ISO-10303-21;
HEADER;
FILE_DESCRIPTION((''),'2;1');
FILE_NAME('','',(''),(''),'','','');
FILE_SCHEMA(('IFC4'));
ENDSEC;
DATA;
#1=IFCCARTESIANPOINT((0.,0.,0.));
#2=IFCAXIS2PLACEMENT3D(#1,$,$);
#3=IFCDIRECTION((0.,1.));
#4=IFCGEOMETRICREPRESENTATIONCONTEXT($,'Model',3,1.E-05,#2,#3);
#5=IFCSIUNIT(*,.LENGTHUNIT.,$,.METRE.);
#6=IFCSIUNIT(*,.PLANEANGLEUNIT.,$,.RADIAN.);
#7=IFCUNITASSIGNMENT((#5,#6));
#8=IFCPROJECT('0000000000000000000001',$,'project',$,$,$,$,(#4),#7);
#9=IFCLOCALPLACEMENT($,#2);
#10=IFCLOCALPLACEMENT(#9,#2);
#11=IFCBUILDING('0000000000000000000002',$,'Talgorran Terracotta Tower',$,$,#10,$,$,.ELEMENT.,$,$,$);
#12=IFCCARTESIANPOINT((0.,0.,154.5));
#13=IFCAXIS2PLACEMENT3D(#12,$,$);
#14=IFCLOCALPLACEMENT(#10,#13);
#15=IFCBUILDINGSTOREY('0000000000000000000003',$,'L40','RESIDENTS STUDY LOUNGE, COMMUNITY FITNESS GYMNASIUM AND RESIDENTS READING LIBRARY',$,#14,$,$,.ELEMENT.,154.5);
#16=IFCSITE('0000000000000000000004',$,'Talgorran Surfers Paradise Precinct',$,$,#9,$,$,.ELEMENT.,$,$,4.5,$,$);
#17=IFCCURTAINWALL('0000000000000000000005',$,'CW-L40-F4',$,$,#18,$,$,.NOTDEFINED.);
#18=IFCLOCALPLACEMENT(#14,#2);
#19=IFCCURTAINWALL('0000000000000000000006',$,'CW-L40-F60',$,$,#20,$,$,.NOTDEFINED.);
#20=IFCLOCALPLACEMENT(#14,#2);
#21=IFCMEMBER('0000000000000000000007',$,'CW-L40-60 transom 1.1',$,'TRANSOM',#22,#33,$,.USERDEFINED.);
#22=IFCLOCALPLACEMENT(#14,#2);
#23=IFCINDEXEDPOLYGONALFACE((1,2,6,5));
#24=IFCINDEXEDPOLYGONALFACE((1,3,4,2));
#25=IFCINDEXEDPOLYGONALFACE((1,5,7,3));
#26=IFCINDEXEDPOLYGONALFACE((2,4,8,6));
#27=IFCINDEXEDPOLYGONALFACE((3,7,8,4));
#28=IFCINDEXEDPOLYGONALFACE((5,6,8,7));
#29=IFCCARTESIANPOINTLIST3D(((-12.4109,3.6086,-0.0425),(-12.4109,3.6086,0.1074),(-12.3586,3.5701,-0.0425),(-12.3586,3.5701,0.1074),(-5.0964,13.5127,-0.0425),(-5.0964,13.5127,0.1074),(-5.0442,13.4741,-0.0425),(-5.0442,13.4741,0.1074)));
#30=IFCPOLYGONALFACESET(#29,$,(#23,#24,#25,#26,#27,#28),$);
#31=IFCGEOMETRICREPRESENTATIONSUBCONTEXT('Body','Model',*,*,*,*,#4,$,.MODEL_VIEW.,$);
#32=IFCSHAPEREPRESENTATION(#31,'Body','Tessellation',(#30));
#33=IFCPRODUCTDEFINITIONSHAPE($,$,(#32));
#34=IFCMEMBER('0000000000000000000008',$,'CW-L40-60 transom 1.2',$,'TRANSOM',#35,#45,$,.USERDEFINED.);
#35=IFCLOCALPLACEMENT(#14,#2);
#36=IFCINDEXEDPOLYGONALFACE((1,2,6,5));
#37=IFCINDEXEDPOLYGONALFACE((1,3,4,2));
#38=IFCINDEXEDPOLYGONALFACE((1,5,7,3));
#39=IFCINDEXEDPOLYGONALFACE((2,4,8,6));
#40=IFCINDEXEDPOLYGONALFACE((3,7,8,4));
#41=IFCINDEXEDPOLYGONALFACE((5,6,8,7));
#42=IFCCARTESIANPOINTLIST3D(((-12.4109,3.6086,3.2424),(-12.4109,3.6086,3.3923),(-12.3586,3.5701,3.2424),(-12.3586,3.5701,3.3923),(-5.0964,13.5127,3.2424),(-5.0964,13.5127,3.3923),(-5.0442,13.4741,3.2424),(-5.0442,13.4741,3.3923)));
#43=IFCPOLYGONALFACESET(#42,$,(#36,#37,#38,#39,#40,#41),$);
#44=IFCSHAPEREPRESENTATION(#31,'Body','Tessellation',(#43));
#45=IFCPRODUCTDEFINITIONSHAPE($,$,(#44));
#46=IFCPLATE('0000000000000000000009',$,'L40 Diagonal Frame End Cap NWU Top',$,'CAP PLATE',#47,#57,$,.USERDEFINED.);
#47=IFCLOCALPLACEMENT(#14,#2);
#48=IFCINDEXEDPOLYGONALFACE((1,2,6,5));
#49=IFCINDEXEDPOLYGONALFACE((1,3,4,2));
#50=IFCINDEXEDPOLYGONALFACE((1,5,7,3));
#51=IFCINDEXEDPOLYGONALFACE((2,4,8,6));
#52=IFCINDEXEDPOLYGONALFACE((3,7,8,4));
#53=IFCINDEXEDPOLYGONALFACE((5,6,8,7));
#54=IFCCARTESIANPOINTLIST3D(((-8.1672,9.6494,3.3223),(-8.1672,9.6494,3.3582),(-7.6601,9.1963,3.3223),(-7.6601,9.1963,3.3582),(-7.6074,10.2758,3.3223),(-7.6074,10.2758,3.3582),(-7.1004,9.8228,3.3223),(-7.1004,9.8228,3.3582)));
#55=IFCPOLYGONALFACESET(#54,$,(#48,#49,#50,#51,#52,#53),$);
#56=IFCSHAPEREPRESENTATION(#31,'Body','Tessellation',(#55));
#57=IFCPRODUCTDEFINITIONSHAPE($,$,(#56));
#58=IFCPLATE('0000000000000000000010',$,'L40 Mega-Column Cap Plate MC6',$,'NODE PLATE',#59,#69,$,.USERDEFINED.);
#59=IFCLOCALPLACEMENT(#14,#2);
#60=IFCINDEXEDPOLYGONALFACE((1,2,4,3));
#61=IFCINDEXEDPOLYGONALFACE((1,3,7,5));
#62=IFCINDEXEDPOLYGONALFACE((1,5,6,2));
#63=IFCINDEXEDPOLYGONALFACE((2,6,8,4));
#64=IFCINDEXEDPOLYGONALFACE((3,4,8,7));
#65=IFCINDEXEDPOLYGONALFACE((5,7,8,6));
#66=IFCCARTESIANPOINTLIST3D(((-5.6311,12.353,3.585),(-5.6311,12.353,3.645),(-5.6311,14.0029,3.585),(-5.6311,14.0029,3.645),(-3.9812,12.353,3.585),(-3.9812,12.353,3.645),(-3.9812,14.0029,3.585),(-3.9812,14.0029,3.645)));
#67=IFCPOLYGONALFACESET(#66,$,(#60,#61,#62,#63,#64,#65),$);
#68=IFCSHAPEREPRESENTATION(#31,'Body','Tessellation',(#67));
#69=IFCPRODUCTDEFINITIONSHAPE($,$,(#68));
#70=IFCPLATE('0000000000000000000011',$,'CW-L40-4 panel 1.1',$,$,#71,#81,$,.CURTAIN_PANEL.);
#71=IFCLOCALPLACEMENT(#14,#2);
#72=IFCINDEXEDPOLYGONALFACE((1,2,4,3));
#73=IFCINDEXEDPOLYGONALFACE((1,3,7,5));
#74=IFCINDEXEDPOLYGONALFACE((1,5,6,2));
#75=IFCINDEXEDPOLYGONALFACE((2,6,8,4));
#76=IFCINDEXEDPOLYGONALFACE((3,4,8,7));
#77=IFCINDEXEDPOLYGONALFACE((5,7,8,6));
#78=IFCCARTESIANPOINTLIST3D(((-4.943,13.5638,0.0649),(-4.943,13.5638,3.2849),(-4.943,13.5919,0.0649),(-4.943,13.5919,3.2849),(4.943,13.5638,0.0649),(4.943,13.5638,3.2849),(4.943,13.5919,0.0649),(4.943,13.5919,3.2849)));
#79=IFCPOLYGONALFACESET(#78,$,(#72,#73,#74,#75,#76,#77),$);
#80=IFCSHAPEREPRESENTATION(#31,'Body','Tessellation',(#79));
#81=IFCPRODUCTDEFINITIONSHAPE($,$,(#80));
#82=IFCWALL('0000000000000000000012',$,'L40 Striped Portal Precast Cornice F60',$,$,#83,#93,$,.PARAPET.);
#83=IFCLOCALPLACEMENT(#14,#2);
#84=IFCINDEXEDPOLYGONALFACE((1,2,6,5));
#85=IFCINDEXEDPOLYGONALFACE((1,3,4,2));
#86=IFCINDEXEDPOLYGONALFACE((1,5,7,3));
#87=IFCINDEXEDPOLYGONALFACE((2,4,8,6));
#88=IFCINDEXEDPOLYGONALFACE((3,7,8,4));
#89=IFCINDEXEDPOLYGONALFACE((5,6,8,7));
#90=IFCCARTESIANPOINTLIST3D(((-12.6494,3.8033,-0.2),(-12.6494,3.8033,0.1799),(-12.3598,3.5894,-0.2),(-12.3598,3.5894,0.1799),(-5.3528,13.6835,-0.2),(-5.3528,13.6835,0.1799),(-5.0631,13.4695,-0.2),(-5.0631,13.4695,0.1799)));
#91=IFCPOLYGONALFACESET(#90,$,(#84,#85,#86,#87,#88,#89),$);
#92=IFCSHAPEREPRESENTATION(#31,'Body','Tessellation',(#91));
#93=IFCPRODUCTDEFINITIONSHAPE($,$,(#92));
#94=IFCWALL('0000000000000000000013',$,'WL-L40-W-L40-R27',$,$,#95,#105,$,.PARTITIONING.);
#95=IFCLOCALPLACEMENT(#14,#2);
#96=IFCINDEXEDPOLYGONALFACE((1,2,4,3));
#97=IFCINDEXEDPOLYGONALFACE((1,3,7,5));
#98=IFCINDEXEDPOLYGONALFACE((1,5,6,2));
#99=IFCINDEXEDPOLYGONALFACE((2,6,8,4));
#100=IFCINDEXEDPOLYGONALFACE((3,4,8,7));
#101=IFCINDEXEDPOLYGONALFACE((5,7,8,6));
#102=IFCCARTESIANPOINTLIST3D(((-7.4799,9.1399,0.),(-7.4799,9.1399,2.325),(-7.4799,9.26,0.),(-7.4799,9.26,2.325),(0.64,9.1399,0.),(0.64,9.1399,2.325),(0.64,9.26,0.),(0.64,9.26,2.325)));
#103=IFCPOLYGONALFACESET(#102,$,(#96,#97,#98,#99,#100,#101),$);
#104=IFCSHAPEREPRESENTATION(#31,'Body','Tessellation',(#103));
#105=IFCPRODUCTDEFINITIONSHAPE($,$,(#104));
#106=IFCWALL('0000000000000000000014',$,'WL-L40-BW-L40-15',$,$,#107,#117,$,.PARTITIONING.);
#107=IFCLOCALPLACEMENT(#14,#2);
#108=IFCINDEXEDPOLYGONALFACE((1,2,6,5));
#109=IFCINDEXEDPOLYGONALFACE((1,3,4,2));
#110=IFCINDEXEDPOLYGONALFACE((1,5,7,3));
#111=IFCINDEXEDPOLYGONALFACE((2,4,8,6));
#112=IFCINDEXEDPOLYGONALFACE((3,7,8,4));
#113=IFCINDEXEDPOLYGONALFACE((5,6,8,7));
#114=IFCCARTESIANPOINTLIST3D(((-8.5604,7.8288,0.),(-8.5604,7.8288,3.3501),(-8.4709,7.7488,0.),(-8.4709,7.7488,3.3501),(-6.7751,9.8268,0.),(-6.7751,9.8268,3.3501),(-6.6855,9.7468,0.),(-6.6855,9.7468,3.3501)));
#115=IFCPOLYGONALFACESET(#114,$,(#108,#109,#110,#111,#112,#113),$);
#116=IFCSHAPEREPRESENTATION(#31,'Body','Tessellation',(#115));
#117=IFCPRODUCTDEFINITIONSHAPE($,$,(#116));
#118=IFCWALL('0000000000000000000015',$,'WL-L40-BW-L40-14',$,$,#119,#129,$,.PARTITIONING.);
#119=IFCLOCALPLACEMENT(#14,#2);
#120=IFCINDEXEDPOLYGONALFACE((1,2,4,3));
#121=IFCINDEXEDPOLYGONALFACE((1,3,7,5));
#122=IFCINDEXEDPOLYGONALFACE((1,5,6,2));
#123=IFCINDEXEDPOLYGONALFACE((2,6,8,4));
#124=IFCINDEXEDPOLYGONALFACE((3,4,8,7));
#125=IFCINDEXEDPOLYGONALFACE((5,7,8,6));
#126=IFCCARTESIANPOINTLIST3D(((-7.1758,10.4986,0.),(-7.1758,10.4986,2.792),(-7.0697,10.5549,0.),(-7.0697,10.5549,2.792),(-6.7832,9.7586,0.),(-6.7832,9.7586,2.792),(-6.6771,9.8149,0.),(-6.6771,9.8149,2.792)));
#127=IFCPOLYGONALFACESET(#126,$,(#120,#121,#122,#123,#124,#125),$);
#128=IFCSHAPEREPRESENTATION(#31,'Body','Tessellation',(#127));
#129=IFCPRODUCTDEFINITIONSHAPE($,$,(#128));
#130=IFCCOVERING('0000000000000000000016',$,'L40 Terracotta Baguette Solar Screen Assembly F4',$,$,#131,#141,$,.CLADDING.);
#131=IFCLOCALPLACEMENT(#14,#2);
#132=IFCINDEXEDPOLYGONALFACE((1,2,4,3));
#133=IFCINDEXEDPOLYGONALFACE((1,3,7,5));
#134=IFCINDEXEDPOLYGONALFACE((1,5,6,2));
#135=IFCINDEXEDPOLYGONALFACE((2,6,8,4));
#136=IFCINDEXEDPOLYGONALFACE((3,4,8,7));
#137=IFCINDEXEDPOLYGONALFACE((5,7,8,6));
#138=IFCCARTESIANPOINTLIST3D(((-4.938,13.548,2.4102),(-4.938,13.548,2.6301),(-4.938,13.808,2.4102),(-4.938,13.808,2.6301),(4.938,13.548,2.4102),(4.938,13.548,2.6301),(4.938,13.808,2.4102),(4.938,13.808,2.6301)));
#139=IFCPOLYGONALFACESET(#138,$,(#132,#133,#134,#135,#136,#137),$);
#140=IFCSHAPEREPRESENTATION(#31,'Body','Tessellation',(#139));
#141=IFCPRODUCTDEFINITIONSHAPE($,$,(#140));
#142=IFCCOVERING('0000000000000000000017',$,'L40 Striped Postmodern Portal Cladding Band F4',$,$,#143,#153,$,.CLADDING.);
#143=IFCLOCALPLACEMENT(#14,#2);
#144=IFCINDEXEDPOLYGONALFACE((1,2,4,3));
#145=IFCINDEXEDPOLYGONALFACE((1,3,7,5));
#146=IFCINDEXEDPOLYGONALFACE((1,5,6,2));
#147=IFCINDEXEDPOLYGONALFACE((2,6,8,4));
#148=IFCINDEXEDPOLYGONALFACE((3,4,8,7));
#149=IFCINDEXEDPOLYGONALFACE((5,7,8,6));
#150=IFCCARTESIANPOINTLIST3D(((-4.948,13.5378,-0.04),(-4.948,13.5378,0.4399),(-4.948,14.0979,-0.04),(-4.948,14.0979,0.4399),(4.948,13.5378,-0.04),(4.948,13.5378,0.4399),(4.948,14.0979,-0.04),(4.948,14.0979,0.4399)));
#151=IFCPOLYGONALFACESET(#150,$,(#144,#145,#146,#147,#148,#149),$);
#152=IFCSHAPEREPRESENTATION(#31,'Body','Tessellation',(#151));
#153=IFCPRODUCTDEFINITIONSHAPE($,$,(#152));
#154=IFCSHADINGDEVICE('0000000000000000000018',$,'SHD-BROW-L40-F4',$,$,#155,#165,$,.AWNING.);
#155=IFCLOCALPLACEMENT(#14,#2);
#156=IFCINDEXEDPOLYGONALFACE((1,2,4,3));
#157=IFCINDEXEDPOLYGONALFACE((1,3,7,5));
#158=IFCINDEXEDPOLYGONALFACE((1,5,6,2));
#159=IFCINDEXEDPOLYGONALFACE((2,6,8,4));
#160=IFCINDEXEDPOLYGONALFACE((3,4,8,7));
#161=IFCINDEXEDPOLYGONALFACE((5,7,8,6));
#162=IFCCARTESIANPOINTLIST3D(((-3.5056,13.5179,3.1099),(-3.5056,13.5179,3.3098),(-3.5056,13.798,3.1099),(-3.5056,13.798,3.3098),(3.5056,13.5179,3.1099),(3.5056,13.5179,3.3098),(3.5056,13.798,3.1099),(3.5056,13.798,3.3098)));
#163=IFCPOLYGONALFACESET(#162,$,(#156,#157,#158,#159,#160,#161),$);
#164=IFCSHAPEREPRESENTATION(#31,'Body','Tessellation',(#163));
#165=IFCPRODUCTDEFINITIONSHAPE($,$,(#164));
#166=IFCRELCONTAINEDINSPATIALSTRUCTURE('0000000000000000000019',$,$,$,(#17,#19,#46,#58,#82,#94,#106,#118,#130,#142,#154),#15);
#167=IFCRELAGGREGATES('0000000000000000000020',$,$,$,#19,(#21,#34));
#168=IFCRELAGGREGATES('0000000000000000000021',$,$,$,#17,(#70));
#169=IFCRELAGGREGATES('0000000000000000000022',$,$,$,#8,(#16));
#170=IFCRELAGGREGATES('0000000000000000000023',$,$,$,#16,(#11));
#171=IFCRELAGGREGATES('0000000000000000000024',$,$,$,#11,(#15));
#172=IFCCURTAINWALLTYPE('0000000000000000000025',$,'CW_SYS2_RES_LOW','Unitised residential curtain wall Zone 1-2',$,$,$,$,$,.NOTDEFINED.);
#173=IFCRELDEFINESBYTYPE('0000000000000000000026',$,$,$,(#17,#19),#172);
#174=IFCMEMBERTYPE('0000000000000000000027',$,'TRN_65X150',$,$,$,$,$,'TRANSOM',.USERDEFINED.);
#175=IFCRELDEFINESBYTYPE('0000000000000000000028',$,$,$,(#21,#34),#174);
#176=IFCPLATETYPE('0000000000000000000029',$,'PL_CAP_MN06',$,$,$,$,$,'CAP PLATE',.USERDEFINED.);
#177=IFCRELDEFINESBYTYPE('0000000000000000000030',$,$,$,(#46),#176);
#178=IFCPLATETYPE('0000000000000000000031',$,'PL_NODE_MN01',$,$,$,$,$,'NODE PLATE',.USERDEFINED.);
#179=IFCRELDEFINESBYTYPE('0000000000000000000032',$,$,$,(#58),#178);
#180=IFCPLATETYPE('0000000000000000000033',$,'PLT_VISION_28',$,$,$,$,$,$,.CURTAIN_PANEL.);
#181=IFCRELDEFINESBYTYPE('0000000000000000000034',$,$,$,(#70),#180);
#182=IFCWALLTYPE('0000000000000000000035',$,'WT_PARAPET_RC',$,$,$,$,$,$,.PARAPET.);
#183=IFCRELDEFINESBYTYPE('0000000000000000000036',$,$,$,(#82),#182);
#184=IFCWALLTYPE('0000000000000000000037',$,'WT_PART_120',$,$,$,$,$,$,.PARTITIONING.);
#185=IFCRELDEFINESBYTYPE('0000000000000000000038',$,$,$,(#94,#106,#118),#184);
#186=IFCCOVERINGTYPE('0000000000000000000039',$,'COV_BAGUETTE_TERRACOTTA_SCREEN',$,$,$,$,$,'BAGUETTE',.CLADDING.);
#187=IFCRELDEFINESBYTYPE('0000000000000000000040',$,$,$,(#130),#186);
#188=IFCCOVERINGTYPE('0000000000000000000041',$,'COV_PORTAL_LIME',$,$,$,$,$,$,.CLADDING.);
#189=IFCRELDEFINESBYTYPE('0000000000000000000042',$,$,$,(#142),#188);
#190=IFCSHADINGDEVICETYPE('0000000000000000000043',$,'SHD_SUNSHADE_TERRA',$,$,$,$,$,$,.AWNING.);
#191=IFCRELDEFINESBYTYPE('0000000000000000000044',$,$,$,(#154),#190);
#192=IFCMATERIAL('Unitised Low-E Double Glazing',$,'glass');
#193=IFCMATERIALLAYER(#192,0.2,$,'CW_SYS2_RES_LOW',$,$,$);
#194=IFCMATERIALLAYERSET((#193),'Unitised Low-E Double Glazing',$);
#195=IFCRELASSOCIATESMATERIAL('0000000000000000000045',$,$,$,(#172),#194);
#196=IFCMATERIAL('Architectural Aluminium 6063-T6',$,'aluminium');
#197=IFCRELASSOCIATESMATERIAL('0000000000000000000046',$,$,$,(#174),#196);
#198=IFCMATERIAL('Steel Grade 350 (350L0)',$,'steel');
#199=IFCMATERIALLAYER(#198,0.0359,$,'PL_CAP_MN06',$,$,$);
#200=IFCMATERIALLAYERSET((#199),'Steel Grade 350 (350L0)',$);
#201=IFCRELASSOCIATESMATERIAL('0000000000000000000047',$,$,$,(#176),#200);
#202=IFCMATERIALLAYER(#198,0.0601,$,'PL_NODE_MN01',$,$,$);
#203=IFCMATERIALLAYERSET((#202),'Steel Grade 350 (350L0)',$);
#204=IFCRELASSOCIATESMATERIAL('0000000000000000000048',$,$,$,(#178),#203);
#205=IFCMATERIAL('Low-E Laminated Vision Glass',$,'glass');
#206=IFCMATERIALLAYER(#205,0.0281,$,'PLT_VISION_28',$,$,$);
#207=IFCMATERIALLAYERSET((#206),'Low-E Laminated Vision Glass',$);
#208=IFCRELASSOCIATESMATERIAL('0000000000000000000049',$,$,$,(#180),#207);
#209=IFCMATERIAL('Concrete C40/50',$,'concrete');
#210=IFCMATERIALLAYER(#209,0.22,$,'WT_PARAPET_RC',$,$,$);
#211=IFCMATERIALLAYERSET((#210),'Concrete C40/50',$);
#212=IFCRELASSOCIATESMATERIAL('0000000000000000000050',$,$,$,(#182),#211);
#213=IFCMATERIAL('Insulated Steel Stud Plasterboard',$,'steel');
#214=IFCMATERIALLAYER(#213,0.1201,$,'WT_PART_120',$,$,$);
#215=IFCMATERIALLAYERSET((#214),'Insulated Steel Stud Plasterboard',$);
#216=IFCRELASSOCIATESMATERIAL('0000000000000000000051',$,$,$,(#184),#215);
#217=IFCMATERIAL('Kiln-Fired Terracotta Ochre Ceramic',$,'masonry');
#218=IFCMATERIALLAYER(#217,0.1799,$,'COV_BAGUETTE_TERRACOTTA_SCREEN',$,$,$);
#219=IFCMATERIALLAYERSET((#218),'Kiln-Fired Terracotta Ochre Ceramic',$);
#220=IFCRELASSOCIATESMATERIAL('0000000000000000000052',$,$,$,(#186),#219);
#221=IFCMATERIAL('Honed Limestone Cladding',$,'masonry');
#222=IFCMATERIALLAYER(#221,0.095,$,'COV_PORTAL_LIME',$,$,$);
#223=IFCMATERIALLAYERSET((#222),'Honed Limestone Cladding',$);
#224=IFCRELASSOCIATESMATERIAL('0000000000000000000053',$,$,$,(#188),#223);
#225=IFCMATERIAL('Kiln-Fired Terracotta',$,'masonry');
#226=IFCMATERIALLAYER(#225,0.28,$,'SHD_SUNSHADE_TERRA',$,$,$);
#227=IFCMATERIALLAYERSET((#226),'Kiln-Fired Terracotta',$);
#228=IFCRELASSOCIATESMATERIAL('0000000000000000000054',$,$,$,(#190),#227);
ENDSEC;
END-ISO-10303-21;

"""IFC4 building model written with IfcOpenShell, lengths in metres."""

from ifc_helpers import new_model, si_unit, direction, frame, frame_2d, origin, origin_2d, place, context, subcontext, project, spatial, rectangle, extrude, source, transform, mapped, material, layer, layer_set, material_profile, profile_set, type_object, type_shapes, element, aggregate, save


model = new_model("IFC4")

# Units and contexts
model_context = context("Model", 3, precision=1e-05, world=origin(), true_north=direction((0.0, 1.0)))
body_context = subcontext(model_context, "Body", "Model", "MODEL_VIEW")
ifc_project = project(units=[si_unit("LENGTHUNIT", "METRE"), si_unit("PLANEANGLEUNIT", "RADIAN")], contexts=[model_context])

# Site, building, storey
site_placement = place(None, origin())
site = spatial("IfcSite", under=ifc_project, at=site_placement, Name="Talgorran Surfers Paradise Precinct", CompositionType="ELEMENT", RefElevation=4.5)
building_placement = place(site_placement, origin())
building = spatial("IfcBuilding", under=site, at=building_placement, Name="Talgorran Terracotta Tower", CompositionType="ELEMENT")
storey_placement = place(building_placement, frame((0.0, 0.0, 154.5)))
storey = spatial("IfcBuildingStorey", under=building, at=storey_placement, Name="L40", Description="RESIDENTS STUDY LOUNGE, COMMUNITY FITNESS GYMNASIUM AND RESIDENTS READING LIBRARY", CompositionType="ELEMENT", Elevation=154.5)

# Shared definitions
ifc_material_1 = material(Name="Steel Grade 350 (350L0)", Category="steel")

# Curtain wall
ifc_material_2 = material(Name="Unitised Low-E Double Glazing", Category="glass")
ifc_layer_1 = layer(ifc_material_2, 0.2, Name="CW_SYS2_RES_LOW")
ifc_layer_set_1 = layer_set([ifc_layer_1], Name="Unitised Low-E Double Glazing")
curtain_wall_type = type_object("IfcCurtainWallType", Name="CW_SYS2_RES_LOW", Description="Unitised residential curtain wall Zone 1-2", PredefinedType="NOTDEFINED", material=ifc_layer_set_1)
curtain_wall_1_placement = place(storey_placement, origin())
curtain_wall_1 = element("IfcCurtainWall", 1, at=curtain_wall_1_placement, inside=storey, type_object=curtain_wall_type, Name="CW-L40-F4", PredefinedType="NOTDEFINED")
ifc_material_3 = material(Name="Architectural Aluminium 6063-T6", Category="aluminium")

# Curtain wall, members
curtain_wall_2_placement = place(storey_placement, origin())
curtain_wall_2 = element("IfcCurtainWall", 2, at=curtain_wall_2_placement, inside=storey, type_object=curtain_wall_type, Name="CW-L40-F60", PredefinedType="NOTDEFINED")
ifc_material_profile_1 = material_profile(ifc_material_3, rectangle(XDim=0.0649, YDim=0.1499, at=origin_2d()), Name="CWT65X150")
ifc_profile_set_1 = profile_set([ifc_material_profile_1], Name="Architectural Aluminium 6063-T6")
member_type_1 = type_object("IfcMemberType", Name="TRN_65X150", ElementType="TRANSOM", PredefinedType="USERDEFINED", material=ifc_profile_set_1)
member_1_placement = place(storey_placement, frame((-5.0703, 13.4934, 0.0325), z_axis=(-0.594079, -0.804406, 0.0), x_axis=(0.804406, -0.594079, 0.0)))
member_1 = element("IfcMember", 3, at=member_1_placement, type_object=member_type_1, Name="CW-L40-60 transom 1.1", ObjectType="TRANSOM", PredefinedType="USERDEFINED", context=body_context, shape_type="SweptSolid", body=[
    extrude(rectangle(XDim=0.0649, YDim=0.1499, at=origin_2d()), origin(), (0.0, 0.0, 1.0), 12.3123),
])
member_2_placement = place(storey_placement, frame((-5.0703, 13.4934, 3.3174), z_axis=(-0.594079, -0.804406, 0.0), x_axis=(0.804406, -0.594079, 0.0)))
member_2 = element("IfcMember", 4, at=member_2_placement, type_object=member_type_1, Name="CW-L40-60 transom 1.2", ObjectType="TRANSOM", PredefinedType="USERDEFINED", context=body_context, shape_type="SweptSolid", body=[
    extrude(rectangle(XDim=0.0649, YDim=0.1499, at=origin_2d()), origin(), (0.0, 0.0, 1.0), 12.3123),
])
aggregate(curtain_wall_2, [member_1, member_2])

# Plates
ifc_layer_2 = layer(ifc_material_1, 0.0359, Name="PL_CAP_MN06")
ifc_layer_set_2 = layer_set([ifc_layer_2], Name="Steel Grade 350 (350L0)")
plate_type_1 = type_object("IfcPlateType", Name="PL_CAP_MN06", ElementType="CAP PLATE", PredefinedType="USERDEFINED", material=ifc_layer_set_2)
plate_1_placement = place(storey_placement, frame((-7.6338, 9.7361, 3.3223), z_axis=(0.0, 0.0, 1.0), x_axis=(0.666272, 0.745709, 0.0)))
element("IfcPlate", 5, at=plate_1_placement, inside=storey, type_object=plate_type_1, Name="L40 Diagonal Frame End Cap NWU Top", ObjectType="CAP PLATE", PredefinedType="USERDEFINED", context=body_context, shape_type="SweptSolid", body=[
    extrude(rectangle(XDim=0.8401, YDim=0.6799, at=origin_2d()), origin(), (0.0, 0.0, 1.0), 0.0359),
])
ifc_layer_3 = layer(ifc_material_1, 0.0601, Name="PL_NODE_MN01")
ifc_layer_set_3 = layer_set([ifc_layer_3], Name="Steel Grade 350 (350L0)")
plate_type_2 = type_object("IfcPlateType", Name="PL_NODE_MN01", ElementType="NODE PLATE", PredefinedType="USERDEFINED", material=ifc_layer_set_3)
plate_2_placement = place(storey_placement, frame((-4.8062, 13.178, 3.585), z_axis=(0.0, 0.0, 1.0), x_axis=(1.0, 0.0, 0.0)))
element("IfcPlate", 6, at=plate_2_placement, inside=storey, type_object=plate_type_2, Name="L40 Mega-Column Cap Plate MC6", ObjectType="NODE PLATE", PredefinedType="USERDEFINED", context=body_context, shape_type="SweptSolid", body=[
    extrude(rectangle(XDim=1.6499, YDim=1.6499, at=origin_2d()), origin(), (0.0, 0.0, 1.0), 0.0601),
])

# Plate
ifc_material_4 = material(Name="Low-E Laminated Vision Glass", Category="glass")
ifc_layer_4 = layer(ifc_material_4, 0.0281, Name="PLT_VISION_28")
ifc_layer_set_4 = layer_set([ifc_layer_4], Name="Low-E Laminated Vision Glass")
plate_type_3 = type_object("IfcPlateType", Name="PLT_VISION_28", PredefinedType="CURTAIN_PANEL", material=ifc_layer_set_4)
shared_shape_1 = source(origin(), body_context, "Body", "SweptSolid", [
    extrude(rectangle(XDim=9.886, YDim=0.0281, at=origin_2d()), origin(), (0.0, 0.0, 1.0), 3.22),
])
type_shapes(plate_type_3, [shared_shape_1])
plate_3_placement = place(storey_placement, frame((0.0, 13.5779, 0.0649), z_axis=(0.0, 0.0, 1.0), x_axis=(-1.0, 0.0, 0.0)))
plate_3 = element("IfcPlate", 7, at=plate_3_placement, type_object=plate_type_3, Name="CW-L40-4 panel 1.1", PredefinedType="CURTAIN_PANEL", context=body_context, shape_type="MappedRepresentation", body=[
    mapped(shared_shape_1, transform((0.0, 0.0, 0.0), scale=1.0)),
])
aggregate(curtain_wall_1, [plate_3])

# Walls
ifc_material_5 = material(Name="Concrete C40/50", Category="concrete")
ifc_layer_5 = layer(ifc_material_5, 0.22, Name="WT_PARAPET_RC")
ifc_layer_set_5 = layer_set([ifc_layer_5], Name="Concrete C40/50")
wall_type_1 = type_object("IfcWallType", Name="WT_PARAPET_RC", PredefinedType="PARAPET", material=ifc_layer_set_5)
wall_1_placement = place(storey_placement, frame((-5.208, 13.5764, -0.2), z_axis=(0.0, 0.0, 1.0), x_axis=(-0.594071, -0.804412, 0.0)))
element("IfcWall", 8, at=wall_1_placement, inside=storey, type_object=wall_type_1, Name="L40 Striped Portal Precast Cornice F60", PredefinedType="PARAPET", context=body_context, shape_type="SweptSolid", body=[
    extrude(rectangle(XDim=12.2825, YDim=0.3601, at=frame_2d((6.1411, 0.0))), origin(), (0.0, 0.0, 1.0), 0.3799),
])
ifc_material_6 = material(Name="Insulated Steel Stud Plasterboard", Category="steel")
ifc_layer_6 = layer(ifc_material_6, 0.1201, Name="WT_PART_120")
ifc_layer_set_6 = layer_set([ifc_layer_6], Name="Insulated Steel Stud Plasterboard")
wall_type_2 = type_object("IfcWallType", Name="WT_PART_120", PredefinedType="PARTITIONING", material=ifc_layer_set_6)
wall_2_placement = place(storey_placement, frame((-7.48, 9.2, 0.0), z_axis=(0.0, 0.0, 1.0), x_axis=(1.0, 0.0, 0.0)))
element("IfcWall", 9, at=wall_2_placement, inside=storey, type_object=wall_type_2, Name="WL-L40-W-L40-R27", PredefinedType="PARTITIONING", context=body_context, shape_type="SweptSolid", body=[
    extrude(rectangle(XDim=8.1199, YDim=0.1201, at=frame_2d((4.0601, 0.0))), origin(), (0.0, 0.0, 1.0), 2.325),
])
wall_3_placement = place(storey_placement, frame((-6.7302, 9.7869, 0.0), z_axis=(0.0, 0.0, 1.0), x_axis=(-0.666313, -0.745672, 0.0)))
element("IfcWall", 10, at=wall_3_placement, inside=storey, type_object=wall_type_2, Name="WL-L40-BW-L40-15", PredefinedType="PARTITIONING", context=body_context, shape_type="SweptSolid", body=[
    extrude(rectangle(XDim=2.6794, YDim=0.1201, at=frame_2d((1.3398, 0.0))), origin(), (0.0, 0.0, 1.0), 3.3501),
])
wall_4_placement = place(storey_placement, frame((-7.1228, 10.5269, 0.0), z_axis=(0.0, 0.0, 1.0), x_axis=(0.468651, -0.883383, 0.0)))
element("IfcWall", 11, at=wall_4_placement, inside=storey, type_object=wall_type_2, Name="WL-L40-BW-L40-14", PredefinedType="PARTITIONING", context=body_context, shape_type="SweptSolid", body=[
    extrude(rectangle(XDim=0.8376, YDim=0.1201, at=frame_2d((0.4189, 0.0))), origin(), (0.0, 0.0, 1.0), 2.792),
])

# Coverings
ifc_material_7 = material(Name="Kiln-Fired Terracotta Ochre Ceramic", Category="masonry")
ifc_layer_7 = layer(ifc_material_7, 0.1799, Name="COV_BAGUETTE_TERRACOTTA_SCREEN")
ifc_layer_set_7 = layer_set([ifc_layer_7], Name="Kiln-Fired Terracotta Ochre Ceramic")
covering_type_1 = type_object("IfcCoveringType", Name="COV_BAGUETTE_TERRACOTTA_SCREEN", ElementType="BAGUETTE", PredefinedType="CLADDING", material=ifc_layer_set_7)
covering_1_placement = place(storey_placement, frame((0.0, 13.678, 2.4102), z_axis=(0.0, 0.0, 1.0), x_axis=(-1.0, 0.0, 0.0)))
element("IfcCovering", 12, at=covering_1_placement, inside=storey, type_object=covering_type_1, Name="L40 Terracotta Baguette Solar Screen Assembly F4", PredefinedType="CLADDING", context=body_context, shape_type="SweptSolid", body=[
    extrude(rectangle(XDim=9.876, YDim=0.26, at=origin_2d()), origin(), (0.0, 0.0, 1.0), 0.22),
])
ifc_material_8 = material(Name="Honed Limestone Cladding", Category="masonry")
ifc_layer_8 = layer(ifc_material_8, 0.095, Name="COV_PORTAL_LIME")
ifc_layer_set_8 = layer_set([ifc_layer_8], Name="Honed Limestone Cladding")
covering_type_2 = type_object("IfcCoveringType", Name="COV_PORTAL_LIME", PredefinedType="CLADDING", material=ifc_layer_set_8)
covering_2_placement = place(storey_placement, frame((0.0, 13.8179, -0.04), z_axis=(0.0, 0.0, 1.0), x_axis=(-1.0, 0.0, 0.0)))
element("IfcCovering", 13, at=covering_2_placement, inside=storey, type_object=covering_type_2, Name="L40 Striped Postmodern Portal Cladding Band F4", PredefinedType="CLADDING", context=body_context, shape_type="SweptSolid", body=[
    extrude(rectangle(XDim=9.896, YDim=0.5601, at=origin_2d()), origin(), (0.0, 0.0, 1.0), 0.48),
])

# Shading device
ifc_material_9 = material(Name="Kiln-Fired Terracotta", Category="masonry")
ifc_layer_9 = layer(ifc_material_9, 0.28, Name="SHD_SUNSHADE_TERRA")
ifc_layer_set_9 = layer_set([ifc_layer_9], Name="Kiln-Fired Terracotta")
shading_device_type = type_object("IfcShadingDeviceType", Name="SHD_SUNSHADE_TERRA", PredefinedType="AWNING", material=ifc_layer_set_9)
shared_shape_2 = source(origin(), body_context, "Body", "SweptSolid", [
    extrude(rectangle(XDim=7.0112, YDim=0.28, at=origin_2d()), origin(), (0.0, 0.0, 1.0), 0.2),
])
type_shapes(shading_device_type, [shared_shape_2])
shading_device_placement = place(storey_placement, frame((0.0, 13.658, 3.1099), z_axis=(0.0, 0.0, 1.0), x_axis=(-1.0, 0.0, 0.0)))
element("IfcShadingDevice", 14, at=shading_device_placement, inside=storey, type_object=shading_device_type, Name="SHD-BROW-L40-F4", PredefinedType="AWNING", context=body_context, shape_type="MappedRepresentation", body=[
    mapped(shared_shape_2, transform((0.0, 0.0, 0.0), scale=1.0)),
])

save(model, "model.ifc")
